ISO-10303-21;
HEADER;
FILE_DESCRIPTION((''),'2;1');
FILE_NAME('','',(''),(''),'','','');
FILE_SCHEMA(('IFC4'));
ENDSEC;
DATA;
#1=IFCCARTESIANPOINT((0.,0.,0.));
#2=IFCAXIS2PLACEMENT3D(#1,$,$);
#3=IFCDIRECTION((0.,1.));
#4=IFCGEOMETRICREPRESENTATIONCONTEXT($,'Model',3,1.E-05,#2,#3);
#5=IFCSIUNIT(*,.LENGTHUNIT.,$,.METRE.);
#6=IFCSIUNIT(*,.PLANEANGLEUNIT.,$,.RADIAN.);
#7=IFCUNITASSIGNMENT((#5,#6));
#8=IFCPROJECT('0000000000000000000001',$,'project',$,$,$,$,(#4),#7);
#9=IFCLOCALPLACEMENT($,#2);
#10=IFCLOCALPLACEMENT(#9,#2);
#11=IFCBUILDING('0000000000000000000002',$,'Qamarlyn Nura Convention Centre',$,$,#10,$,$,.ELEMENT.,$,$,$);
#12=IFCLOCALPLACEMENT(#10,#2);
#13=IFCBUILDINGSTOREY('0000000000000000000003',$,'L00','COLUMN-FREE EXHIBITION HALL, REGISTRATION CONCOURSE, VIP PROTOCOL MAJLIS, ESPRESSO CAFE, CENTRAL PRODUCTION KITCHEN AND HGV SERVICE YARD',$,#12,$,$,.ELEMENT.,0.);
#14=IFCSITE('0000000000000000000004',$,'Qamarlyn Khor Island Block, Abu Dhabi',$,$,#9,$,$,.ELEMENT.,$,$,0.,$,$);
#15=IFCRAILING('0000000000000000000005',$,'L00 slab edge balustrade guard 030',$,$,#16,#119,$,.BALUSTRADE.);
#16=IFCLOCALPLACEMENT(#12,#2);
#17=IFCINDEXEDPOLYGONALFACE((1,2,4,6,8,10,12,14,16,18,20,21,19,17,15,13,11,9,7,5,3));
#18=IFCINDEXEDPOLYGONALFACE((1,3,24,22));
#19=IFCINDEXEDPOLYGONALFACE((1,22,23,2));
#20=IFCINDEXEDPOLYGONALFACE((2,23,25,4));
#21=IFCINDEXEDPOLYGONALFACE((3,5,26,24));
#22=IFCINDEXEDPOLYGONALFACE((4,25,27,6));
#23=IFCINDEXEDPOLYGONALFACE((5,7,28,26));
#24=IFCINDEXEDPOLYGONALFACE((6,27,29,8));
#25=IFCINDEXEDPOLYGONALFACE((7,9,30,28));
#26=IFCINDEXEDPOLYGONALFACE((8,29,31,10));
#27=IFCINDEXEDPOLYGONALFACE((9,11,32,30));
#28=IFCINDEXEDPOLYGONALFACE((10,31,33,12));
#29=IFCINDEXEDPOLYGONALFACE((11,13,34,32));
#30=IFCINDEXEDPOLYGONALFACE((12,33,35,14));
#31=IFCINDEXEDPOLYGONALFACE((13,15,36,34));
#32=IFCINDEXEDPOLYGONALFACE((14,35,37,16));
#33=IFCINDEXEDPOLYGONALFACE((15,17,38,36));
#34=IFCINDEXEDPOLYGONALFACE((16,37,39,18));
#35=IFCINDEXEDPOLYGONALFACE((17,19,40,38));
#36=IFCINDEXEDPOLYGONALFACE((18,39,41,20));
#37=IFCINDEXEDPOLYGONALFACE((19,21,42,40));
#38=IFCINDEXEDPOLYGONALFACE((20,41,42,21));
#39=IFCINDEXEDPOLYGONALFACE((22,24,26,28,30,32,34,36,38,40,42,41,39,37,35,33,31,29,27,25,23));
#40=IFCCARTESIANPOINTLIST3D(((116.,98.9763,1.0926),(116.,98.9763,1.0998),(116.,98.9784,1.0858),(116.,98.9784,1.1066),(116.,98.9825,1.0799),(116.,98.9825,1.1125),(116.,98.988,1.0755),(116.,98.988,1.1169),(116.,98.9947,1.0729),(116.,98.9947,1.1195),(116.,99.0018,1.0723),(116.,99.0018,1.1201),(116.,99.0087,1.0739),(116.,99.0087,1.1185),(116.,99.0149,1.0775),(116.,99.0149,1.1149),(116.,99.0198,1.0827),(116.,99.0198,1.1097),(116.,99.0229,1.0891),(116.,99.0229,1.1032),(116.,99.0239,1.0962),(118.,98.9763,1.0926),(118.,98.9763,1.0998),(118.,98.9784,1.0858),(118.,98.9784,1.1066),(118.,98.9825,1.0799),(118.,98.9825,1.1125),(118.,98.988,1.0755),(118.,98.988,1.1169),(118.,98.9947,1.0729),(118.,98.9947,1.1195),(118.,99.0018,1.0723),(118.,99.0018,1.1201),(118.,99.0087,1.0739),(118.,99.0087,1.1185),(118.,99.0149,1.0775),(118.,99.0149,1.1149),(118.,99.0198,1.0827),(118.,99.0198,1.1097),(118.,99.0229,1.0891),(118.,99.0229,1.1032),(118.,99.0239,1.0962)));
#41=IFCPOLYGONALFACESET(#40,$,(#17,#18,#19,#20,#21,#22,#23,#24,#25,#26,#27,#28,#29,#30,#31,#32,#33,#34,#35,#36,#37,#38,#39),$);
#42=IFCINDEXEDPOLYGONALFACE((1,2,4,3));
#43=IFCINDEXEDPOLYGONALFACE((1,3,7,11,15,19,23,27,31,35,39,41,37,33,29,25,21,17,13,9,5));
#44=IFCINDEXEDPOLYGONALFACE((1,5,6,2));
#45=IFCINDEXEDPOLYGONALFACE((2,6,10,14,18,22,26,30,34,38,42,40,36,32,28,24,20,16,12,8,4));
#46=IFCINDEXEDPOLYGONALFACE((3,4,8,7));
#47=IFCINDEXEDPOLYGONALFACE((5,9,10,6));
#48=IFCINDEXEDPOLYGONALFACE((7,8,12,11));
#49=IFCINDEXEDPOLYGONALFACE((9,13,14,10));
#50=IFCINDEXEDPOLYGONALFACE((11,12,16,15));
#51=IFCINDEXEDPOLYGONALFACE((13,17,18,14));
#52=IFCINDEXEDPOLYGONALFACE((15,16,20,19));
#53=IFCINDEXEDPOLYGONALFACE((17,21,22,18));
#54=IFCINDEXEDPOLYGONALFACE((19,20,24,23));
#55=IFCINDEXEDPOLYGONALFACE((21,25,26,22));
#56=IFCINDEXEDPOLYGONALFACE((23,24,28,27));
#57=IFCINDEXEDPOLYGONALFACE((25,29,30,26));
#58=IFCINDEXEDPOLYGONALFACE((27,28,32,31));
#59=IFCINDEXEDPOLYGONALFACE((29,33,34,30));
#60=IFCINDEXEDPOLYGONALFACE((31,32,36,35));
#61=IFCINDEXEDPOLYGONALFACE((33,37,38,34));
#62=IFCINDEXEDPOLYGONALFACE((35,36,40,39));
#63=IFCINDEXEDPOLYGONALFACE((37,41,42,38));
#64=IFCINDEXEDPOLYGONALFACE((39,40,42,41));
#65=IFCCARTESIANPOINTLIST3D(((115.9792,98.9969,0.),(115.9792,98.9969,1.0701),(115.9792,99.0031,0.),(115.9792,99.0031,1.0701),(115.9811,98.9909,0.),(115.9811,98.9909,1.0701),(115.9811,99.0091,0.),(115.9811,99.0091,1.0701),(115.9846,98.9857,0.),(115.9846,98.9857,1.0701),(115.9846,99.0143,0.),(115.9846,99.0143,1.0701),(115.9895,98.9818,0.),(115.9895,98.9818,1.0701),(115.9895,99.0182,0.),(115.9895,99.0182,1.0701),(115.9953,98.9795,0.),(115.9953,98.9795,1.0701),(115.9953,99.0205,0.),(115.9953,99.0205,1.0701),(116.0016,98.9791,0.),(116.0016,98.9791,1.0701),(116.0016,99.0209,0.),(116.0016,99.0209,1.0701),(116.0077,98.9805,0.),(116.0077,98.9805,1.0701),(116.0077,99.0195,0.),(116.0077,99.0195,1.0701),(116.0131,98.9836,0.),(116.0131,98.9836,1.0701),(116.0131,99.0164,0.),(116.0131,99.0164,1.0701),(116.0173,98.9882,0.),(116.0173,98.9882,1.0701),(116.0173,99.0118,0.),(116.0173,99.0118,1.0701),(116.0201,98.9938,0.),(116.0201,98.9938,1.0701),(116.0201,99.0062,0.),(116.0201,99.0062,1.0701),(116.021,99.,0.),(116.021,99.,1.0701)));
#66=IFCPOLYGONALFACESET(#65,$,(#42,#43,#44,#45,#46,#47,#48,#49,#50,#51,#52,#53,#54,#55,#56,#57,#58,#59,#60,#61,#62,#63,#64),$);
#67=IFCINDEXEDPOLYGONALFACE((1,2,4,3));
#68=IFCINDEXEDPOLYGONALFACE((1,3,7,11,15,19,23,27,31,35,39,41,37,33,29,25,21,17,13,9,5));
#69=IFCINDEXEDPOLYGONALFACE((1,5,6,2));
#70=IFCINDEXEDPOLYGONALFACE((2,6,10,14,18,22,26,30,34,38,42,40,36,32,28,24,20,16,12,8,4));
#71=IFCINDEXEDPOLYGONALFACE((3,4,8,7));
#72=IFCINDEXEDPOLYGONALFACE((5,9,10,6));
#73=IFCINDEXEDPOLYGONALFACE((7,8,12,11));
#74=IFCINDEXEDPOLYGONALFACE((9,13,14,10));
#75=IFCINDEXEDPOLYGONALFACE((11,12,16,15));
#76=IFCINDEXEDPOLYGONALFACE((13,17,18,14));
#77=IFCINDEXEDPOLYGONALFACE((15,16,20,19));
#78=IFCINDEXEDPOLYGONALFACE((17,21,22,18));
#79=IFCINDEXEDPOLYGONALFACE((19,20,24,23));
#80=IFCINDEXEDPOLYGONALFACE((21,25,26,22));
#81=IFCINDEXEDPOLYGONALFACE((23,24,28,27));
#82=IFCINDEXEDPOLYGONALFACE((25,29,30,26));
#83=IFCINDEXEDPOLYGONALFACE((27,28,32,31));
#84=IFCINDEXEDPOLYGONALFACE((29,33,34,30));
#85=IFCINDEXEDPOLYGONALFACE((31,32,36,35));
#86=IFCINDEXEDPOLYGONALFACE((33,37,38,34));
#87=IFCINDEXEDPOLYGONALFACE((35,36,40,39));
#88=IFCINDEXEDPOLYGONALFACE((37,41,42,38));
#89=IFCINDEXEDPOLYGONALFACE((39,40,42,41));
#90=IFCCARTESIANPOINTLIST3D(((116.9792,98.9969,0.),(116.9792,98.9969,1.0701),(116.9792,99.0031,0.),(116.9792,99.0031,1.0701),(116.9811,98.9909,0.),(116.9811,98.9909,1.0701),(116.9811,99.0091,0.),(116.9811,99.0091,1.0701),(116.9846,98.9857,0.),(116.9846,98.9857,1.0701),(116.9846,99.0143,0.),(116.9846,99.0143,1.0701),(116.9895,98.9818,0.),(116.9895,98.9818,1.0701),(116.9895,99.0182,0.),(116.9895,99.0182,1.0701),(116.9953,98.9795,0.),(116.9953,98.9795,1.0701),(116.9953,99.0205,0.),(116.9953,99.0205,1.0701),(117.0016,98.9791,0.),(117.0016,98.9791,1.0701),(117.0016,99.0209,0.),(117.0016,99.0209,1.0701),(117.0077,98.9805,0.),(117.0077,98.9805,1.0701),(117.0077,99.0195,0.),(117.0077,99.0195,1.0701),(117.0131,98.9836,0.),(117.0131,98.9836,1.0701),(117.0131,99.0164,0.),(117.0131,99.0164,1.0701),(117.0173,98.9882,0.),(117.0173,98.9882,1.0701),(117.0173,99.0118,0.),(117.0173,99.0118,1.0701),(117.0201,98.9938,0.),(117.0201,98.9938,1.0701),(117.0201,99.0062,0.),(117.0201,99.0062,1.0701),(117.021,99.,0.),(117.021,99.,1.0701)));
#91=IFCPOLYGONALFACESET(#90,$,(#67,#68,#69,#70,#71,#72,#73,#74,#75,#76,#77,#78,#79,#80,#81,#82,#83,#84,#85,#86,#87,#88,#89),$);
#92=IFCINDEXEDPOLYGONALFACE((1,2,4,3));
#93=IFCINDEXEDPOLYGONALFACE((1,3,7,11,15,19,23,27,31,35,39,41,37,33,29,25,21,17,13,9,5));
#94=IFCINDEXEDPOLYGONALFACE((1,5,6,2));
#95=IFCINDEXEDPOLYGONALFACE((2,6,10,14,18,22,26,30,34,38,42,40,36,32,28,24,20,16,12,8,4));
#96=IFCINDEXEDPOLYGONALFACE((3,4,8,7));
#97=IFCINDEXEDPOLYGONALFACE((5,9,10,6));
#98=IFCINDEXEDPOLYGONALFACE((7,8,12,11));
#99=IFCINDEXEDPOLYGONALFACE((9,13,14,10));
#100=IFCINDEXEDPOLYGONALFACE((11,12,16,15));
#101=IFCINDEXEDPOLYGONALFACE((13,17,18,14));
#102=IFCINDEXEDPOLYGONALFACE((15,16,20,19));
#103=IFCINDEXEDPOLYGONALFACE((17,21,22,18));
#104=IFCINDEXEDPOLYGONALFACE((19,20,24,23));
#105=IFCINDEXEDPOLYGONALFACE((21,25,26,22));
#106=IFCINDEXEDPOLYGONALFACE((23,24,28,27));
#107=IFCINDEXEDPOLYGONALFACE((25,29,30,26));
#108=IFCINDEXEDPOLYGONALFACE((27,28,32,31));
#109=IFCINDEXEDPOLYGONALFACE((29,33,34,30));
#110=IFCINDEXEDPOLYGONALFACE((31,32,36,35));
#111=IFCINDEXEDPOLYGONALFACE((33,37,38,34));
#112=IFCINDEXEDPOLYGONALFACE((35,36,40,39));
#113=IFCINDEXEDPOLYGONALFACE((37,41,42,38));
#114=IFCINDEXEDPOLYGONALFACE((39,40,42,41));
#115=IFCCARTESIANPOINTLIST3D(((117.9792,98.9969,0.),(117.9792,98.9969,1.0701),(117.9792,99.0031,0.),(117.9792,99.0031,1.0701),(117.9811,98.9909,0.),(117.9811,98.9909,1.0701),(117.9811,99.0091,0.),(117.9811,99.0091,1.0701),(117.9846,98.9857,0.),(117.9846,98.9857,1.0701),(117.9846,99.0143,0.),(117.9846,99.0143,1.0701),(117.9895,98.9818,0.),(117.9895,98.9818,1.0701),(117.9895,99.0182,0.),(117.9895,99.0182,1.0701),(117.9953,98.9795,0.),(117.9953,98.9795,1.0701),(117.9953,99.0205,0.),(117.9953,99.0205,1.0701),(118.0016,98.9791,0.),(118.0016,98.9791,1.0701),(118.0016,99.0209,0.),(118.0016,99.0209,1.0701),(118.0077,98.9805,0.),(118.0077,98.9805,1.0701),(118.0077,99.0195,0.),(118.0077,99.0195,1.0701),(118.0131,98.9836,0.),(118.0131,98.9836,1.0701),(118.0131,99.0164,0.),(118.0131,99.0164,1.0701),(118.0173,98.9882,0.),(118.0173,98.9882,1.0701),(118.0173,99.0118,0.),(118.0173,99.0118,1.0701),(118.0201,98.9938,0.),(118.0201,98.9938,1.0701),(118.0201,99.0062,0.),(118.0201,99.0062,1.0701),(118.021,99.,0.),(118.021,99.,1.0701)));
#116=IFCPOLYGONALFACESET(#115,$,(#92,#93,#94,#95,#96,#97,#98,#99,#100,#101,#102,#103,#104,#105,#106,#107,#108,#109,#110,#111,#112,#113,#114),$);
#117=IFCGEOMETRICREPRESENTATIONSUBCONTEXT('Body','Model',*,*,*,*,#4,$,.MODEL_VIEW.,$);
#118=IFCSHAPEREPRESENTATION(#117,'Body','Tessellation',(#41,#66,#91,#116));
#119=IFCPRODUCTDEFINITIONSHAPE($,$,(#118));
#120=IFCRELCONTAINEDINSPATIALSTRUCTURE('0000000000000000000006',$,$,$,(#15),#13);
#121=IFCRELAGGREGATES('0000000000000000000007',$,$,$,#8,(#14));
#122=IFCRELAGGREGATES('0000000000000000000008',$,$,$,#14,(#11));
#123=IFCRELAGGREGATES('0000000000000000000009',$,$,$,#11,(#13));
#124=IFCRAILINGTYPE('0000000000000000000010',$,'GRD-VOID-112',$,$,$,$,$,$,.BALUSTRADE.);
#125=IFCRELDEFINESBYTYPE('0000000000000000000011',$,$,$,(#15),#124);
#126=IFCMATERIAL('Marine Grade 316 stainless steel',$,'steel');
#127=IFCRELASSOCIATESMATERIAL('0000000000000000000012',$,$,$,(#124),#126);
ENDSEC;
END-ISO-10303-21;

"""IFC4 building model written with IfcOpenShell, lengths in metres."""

from ifc_helpers import new_model, si_unit, direction, frame, origin, origin_2d, place, context, subcontext, project, spatial, circle, extrude, material, type_object, element, save


model = new_model("IFC4")

# Units and contexts
model_context = context("Model", 3, precision=1e-05, world=origin(), true_north=direction((0.0, 1.0)))
body_context = subcontext(model_context, "Body", "Model", "MODEL_VIEW")
ifc_project = project(units=[si_unit("LENGTHUNIT", "METRE"), si_unit("PLANEANGLEUNIT", "RADIAN")], contexts=[model_context])

# Site, building, storey
site_placement = place(None, origin())
site = spatial("IfcSite", under=ifc_project, at=site_placement, Name="Qamarlyn Khor Island Block, Abu Dhabi", CompositionType="ELEMENT", RefElevation=0.0)
building_placement = place(site_placement, origin())
building = spatial("IfcBuilding", under=site, at=building_placement, Name="Qamarlyn Nura Convention Centre", CompositionType="ELEMENT")
storey_placement = place(building_placement, origin())
storey = spatial("IfcBuildingStorey", under=building, at=storey_placement, Name="L00", Description="COLUMN-FREE EXHIBITION HALL, REGISTRATION CONCOURSE, VIP PROTOCOL MAJLIS, ESPRESSO CAFE, CENTRAL PRODUCTION KITCHEN AND HGV SERVICE YARD", CompositionType="ELEMENT", Elevation=0.0)

# Railing
ifc_material_1 = material(Name="Marine Grade 316 stainless steel", Category="steel")
railing_type = type_object("IfcRailingType", Name="GRD-VOID-112", PredefinedType="BALUSTRADE", material=ifc_material_1)
railing_1_placement = place(storey_placement, frame((116.0, 99.0, 0.0)))
element("IfcRailing", 1, at=railing_1_placement, inside=storey, type_object=railing_type, Name="L00 slab edge balustrade guard 030", PredefinedType="BALUSTRADE", context=body_context, shape_type="SweptSolid", body=[
    extrude(circle(Radius=0.0239, at=origin_2d()), frame((0.0, 0.0, 1.0962), z_axis=(1.0, 0.0, 0.0), x_axis=(0.0, 1.0, 0.0)), (0.0, 0.0, 1.0), 2.0),
    extrude(circle(Radius=0.021, at=origin_2d()), origin(), (0.0, 0.0, 1.0), 1.0701),
    extrude(circle(Radius=0.021, at=origin_2d()), frame((1.0, 0.0, 0.0)), (0.0, 0.0, 1.0), 1.0701),
    extrude(circle(Radius=0.021, at=origin_2d()), frame((2.0, 0.0, 0.0)), (0.0, 0.0, 1.0), 1.0701),
])

save(model, "model.ifc")
